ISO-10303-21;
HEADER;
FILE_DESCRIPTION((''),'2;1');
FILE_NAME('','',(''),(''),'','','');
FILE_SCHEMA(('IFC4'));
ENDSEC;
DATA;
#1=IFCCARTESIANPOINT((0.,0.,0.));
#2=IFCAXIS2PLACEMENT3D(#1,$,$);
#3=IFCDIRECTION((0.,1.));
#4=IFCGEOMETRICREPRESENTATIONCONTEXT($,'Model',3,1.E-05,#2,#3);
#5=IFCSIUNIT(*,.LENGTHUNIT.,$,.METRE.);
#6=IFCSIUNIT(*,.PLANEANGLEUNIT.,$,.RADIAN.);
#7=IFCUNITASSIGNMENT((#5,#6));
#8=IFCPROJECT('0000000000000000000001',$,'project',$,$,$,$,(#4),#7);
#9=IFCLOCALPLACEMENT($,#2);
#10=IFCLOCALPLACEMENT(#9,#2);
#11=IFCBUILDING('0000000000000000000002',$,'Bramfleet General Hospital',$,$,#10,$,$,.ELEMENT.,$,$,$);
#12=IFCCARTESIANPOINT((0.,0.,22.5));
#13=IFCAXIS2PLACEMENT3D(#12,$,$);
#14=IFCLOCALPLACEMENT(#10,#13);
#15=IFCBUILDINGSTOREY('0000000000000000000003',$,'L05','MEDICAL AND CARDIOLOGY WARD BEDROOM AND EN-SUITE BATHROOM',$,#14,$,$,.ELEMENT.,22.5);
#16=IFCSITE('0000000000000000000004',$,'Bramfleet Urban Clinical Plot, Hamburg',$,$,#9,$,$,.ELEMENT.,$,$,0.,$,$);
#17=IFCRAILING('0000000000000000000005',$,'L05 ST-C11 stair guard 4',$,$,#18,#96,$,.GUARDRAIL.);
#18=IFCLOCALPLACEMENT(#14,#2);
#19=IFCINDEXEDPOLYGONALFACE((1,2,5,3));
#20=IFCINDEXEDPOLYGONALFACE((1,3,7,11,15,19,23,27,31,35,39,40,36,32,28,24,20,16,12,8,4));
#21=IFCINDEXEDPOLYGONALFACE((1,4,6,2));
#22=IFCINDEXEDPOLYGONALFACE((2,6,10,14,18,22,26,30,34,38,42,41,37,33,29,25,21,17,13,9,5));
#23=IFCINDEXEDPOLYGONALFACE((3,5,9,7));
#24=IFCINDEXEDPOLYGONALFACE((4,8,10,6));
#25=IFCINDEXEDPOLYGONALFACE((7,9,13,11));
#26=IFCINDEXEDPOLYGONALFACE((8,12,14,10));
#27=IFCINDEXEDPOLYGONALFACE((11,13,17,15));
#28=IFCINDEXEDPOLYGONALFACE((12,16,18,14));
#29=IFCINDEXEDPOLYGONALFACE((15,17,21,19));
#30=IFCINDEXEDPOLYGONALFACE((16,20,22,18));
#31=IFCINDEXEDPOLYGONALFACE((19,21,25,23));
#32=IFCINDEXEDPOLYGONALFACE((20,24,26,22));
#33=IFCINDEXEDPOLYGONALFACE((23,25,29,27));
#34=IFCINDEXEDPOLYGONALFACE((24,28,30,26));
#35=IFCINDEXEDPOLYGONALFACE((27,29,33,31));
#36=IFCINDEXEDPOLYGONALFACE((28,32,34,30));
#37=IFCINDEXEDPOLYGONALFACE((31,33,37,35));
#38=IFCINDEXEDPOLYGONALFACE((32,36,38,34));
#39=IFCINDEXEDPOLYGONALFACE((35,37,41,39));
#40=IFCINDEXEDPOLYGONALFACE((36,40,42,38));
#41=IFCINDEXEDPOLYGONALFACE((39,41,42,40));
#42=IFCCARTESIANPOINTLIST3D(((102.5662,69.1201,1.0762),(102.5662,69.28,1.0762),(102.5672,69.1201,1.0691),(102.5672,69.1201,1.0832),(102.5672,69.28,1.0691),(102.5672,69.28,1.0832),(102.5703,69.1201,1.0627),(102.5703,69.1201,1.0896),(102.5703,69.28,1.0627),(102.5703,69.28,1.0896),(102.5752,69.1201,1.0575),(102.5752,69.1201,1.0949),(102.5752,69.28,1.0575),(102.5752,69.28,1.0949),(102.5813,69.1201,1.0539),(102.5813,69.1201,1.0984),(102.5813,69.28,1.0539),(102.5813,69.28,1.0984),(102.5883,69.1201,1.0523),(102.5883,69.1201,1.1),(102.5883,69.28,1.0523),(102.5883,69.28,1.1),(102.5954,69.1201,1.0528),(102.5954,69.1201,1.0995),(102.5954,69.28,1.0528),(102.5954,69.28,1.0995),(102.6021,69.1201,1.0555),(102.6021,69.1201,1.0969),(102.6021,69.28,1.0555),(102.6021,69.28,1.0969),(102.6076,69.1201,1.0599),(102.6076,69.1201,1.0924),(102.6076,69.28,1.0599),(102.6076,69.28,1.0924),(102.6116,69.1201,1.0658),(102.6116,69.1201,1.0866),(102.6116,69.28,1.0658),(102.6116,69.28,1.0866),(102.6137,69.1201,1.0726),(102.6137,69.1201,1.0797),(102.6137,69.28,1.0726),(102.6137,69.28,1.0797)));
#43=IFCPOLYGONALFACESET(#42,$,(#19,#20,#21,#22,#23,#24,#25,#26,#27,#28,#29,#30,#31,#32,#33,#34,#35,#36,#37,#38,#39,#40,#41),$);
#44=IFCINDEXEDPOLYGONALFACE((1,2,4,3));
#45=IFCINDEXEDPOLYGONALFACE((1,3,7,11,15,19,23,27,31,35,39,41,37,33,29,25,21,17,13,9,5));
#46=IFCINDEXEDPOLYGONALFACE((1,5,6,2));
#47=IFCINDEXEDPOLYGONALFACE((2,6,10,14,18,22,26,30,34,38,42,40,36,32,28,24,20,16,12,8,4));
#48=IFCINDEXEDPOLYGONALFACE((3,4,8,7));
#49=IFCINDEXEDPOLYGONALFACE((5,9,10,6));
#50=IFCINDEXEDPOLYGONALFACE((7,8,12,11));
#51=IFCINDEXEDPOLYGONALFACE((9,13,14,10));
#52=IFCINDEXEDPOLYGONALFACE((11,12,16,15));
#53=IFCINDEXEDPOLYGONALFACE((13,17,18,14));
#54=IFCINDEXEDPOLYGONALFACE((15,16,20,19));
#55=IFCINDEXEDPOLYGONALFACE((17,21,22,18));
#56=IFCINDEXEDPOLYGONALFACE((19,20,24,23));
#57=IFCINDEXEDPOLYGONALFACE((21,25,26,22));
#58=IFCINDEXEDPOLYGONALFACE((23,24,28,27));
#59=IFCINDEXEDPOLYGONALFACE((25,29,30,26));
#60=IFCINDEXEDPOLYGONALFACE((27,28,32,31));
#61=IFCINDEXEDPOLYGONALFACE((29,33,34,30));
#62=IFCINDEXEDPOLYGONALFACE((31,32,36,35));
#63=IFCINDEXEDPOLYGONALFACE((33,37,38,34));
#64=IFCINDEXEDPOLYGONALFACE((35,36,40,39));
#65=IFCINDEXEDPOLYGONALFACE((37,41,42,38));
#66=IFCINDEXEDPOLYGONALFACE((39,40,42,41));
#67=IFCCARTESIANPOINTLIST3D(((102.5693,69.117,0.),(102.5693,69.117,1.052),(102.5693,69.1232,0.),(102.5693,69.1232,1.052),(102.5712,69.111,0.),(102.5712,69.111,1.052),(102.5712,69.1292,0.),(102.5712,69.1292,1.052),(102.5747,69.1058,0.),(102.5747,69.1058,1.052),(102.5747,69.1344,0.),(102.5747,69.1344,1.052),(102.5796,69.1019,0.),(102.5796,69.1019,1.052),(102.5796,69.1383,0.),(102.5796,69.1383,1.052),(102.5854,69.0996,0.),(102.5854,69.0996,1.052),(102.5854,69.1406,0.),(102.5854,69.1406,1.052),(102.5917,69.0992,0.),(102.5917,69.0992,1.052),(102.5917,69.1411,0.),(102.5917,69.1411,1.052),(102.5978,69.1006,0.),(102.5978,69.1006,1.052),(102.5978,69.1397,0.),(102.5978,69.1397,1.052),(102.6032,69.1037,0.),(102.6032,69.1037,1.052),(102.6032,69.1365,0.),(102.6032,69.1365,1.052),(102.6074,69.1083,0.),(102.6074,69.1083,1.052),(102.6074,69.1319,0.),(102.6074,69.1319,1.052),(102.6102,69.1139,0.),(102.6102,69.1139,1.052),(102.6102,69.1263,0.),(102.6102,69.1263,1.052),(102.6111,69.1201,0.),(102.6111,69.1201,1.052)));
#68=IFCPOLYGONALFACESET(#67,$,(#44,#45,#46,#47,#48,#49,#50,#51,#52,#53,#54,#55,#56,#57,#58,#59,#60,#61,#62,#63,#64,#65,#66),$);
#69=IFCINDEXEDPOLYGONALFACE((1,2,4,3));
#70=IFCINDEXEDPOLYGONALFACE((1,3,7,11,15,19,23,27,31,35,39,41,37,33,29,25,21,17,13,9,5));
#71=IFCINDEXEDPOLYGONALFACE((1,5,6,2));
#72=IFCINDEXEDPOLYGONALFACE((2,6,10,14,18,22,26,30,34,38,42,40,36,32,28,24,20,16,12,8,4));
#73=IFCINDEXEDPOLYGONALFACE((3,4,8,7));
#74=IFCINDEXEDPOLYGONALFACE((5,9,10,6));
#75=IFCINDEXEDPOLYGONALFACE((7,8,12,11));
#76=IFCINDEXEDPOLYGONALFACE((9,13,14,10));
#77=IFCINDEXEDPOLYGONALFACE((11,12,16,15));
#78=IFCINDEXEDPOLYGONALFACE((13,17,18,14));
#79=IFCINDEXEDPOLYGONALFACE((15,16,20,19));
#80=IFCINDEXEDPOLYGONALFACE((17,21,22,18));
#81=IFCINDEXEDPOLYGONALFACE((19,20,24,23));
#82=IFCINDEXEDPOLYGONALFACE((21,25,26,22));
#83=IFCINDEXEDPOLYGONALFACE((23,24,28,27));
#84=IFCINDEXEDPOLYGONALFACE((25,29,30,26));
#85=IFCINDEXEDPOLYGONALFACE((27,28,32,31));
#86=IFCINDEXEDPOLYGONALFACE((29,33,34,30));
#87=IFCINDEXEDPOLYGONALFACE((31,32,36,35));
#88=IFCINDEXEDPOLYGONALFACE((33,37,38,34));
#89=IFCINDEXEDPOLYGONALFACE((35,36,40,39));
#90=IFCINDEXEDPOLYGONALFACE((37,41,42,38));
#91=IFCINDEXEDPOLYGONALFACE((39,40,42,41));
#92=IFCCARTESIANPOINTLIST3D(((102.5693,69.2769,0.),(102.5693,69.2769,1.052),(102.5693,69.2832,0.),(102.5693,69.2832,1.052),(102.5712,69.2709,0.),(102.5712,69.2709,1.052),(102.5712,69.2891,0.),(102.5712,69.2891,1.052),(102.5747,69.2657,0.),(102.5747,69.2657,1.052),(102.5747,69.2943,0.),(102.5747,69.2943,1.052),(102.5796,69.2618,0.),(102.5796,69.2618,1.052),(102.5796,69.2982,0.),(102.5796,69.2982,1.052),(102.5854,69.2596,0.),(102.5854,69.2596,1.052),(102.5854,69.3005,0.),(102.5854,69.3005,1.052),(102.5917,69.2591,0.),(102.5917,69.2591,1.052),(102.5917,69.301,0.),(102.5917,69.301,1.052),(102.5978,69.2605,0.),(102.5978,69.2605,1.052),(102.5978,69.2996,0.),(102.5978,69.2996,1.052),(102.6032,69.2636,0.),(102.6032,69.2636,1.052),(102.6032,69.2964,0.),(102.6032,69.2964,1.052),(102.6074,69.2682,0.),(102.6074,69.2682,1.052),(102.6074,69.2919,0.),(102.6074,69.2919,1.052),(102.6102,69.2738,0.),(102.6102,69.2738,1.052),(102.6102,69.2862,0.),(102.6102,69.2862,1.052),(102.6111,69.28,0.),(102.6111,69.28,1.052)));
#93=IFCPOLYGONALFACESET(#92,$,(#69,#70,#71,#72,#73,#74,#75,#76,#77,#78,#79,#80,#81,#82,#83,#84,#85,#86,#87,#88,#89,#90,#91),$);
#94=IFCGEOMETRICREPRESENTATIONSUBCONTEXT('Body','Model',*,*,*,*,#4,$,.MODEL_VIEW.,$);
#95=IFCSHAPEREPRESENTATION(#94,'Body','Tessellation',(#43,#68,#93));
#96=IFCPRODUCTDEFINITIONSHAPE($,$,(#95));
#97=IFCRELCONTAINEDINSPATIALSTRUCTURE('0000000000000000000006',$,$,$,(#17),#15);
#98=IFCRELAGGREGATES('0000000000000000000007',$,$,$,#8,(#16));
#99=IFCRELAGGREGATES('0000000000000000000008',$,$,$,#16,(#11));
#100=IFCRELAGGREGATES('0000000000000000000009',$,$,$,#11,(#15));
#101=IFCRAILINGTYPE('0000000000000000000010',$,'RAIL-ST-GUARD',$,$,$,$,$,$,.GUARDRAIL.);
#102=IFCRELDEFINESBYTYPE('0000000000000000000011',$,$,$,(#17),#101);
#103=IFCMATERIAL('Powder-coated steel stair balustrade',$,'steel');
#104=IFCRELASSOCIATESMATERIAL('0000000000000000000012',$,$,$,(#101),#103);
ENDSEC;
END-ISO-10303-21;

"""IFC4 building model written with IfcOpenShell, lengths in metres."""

from ifc_helpers import new_model, si_unit, direction, frame, origin, origin_2d, place, context, subcontext, project, spatial, circle, extrude, material, type_object, element, save


model = new_model("IFC4")

# Units and contexts
model_context = context("Model", 3, precision=1e-05, world=origin(), true_north=direction((0.0, 1.0)))
body_context = subcontext(model_context, "Body", "Model", "MODEL_VIEW")
ifc_project = project(units=[si_unit("LENGTHUNIT", "METRE"), si_unit("PLANEANGLEUNIT", "RADIAN")], contexts=[model_context])

# Site, building, storey
site_placement = place(None, origin())
site = spatial("IfcSite", under=ifc_project, at=site_placement, Name="Bramfleet Urban Clinical Plot, Hamburg", CompositionType="ELEMENT", RefElevation=0.0)
building_placement = place(site_placement, origin())
building = spatial("IfcBuilding", under=site, at=building_placement, Name="Bramfleet General Hospital", CompositionType="ELEMENT")
storey_placement = place(building_placement, frame((0.0, 0.0, 22.5)))
storey = spatial("IfcBuildingStorey", under=building, at=storey_placement, Name="L05", Description="MEDICAL AND CARDIOLOGY WARD BEDROOM AND EN-SUITE BATHROOM", CompositionType="ELEMENT", Elevation=22.5)

# Railing
ifc_material_1 = material(Name="Powder-coated steel stair balustrade", Category="steel")
railing_type_1 = type_object("IfcRailingType", Name="RAIL-ST-GUARD", PredefinedType="GUARDRAIL", material=ifc_material_1)
railing_1_placement = place(storey_placement, frame((102.5901, 69.1201, 0.0)))
element("IfcRailing", 1, at=railing_1_placement, inside=storey, type_object=railing_type_1, Name="L05 ST-C11 stair guard 4", PredefinedType="GUARDRAIL", context=body_context, shape_type="SweptSolid", body=[
    extrude(circle(Radius=0.0239, at=origin_2d()), frame((0.0, 0.0, 1.0762), z_axis=(0.0, 1.0, 0.0), x_axis=(-1.0, 0.0, 0.0)), (0.0, 0.0, 1.0), 0.1599),
    extrude(circle(Radius=0.021, at=origin_2d()), origin(), (0.0, 0.0, 1.0), 1.052),
    extrude(circle(Radius=0.021, at=origin_2d()), frame((0.0, 0.1599, 0.0)), (0.0, 0.0, 1.0), 1.052),
])

save(model, "model.ifc")
